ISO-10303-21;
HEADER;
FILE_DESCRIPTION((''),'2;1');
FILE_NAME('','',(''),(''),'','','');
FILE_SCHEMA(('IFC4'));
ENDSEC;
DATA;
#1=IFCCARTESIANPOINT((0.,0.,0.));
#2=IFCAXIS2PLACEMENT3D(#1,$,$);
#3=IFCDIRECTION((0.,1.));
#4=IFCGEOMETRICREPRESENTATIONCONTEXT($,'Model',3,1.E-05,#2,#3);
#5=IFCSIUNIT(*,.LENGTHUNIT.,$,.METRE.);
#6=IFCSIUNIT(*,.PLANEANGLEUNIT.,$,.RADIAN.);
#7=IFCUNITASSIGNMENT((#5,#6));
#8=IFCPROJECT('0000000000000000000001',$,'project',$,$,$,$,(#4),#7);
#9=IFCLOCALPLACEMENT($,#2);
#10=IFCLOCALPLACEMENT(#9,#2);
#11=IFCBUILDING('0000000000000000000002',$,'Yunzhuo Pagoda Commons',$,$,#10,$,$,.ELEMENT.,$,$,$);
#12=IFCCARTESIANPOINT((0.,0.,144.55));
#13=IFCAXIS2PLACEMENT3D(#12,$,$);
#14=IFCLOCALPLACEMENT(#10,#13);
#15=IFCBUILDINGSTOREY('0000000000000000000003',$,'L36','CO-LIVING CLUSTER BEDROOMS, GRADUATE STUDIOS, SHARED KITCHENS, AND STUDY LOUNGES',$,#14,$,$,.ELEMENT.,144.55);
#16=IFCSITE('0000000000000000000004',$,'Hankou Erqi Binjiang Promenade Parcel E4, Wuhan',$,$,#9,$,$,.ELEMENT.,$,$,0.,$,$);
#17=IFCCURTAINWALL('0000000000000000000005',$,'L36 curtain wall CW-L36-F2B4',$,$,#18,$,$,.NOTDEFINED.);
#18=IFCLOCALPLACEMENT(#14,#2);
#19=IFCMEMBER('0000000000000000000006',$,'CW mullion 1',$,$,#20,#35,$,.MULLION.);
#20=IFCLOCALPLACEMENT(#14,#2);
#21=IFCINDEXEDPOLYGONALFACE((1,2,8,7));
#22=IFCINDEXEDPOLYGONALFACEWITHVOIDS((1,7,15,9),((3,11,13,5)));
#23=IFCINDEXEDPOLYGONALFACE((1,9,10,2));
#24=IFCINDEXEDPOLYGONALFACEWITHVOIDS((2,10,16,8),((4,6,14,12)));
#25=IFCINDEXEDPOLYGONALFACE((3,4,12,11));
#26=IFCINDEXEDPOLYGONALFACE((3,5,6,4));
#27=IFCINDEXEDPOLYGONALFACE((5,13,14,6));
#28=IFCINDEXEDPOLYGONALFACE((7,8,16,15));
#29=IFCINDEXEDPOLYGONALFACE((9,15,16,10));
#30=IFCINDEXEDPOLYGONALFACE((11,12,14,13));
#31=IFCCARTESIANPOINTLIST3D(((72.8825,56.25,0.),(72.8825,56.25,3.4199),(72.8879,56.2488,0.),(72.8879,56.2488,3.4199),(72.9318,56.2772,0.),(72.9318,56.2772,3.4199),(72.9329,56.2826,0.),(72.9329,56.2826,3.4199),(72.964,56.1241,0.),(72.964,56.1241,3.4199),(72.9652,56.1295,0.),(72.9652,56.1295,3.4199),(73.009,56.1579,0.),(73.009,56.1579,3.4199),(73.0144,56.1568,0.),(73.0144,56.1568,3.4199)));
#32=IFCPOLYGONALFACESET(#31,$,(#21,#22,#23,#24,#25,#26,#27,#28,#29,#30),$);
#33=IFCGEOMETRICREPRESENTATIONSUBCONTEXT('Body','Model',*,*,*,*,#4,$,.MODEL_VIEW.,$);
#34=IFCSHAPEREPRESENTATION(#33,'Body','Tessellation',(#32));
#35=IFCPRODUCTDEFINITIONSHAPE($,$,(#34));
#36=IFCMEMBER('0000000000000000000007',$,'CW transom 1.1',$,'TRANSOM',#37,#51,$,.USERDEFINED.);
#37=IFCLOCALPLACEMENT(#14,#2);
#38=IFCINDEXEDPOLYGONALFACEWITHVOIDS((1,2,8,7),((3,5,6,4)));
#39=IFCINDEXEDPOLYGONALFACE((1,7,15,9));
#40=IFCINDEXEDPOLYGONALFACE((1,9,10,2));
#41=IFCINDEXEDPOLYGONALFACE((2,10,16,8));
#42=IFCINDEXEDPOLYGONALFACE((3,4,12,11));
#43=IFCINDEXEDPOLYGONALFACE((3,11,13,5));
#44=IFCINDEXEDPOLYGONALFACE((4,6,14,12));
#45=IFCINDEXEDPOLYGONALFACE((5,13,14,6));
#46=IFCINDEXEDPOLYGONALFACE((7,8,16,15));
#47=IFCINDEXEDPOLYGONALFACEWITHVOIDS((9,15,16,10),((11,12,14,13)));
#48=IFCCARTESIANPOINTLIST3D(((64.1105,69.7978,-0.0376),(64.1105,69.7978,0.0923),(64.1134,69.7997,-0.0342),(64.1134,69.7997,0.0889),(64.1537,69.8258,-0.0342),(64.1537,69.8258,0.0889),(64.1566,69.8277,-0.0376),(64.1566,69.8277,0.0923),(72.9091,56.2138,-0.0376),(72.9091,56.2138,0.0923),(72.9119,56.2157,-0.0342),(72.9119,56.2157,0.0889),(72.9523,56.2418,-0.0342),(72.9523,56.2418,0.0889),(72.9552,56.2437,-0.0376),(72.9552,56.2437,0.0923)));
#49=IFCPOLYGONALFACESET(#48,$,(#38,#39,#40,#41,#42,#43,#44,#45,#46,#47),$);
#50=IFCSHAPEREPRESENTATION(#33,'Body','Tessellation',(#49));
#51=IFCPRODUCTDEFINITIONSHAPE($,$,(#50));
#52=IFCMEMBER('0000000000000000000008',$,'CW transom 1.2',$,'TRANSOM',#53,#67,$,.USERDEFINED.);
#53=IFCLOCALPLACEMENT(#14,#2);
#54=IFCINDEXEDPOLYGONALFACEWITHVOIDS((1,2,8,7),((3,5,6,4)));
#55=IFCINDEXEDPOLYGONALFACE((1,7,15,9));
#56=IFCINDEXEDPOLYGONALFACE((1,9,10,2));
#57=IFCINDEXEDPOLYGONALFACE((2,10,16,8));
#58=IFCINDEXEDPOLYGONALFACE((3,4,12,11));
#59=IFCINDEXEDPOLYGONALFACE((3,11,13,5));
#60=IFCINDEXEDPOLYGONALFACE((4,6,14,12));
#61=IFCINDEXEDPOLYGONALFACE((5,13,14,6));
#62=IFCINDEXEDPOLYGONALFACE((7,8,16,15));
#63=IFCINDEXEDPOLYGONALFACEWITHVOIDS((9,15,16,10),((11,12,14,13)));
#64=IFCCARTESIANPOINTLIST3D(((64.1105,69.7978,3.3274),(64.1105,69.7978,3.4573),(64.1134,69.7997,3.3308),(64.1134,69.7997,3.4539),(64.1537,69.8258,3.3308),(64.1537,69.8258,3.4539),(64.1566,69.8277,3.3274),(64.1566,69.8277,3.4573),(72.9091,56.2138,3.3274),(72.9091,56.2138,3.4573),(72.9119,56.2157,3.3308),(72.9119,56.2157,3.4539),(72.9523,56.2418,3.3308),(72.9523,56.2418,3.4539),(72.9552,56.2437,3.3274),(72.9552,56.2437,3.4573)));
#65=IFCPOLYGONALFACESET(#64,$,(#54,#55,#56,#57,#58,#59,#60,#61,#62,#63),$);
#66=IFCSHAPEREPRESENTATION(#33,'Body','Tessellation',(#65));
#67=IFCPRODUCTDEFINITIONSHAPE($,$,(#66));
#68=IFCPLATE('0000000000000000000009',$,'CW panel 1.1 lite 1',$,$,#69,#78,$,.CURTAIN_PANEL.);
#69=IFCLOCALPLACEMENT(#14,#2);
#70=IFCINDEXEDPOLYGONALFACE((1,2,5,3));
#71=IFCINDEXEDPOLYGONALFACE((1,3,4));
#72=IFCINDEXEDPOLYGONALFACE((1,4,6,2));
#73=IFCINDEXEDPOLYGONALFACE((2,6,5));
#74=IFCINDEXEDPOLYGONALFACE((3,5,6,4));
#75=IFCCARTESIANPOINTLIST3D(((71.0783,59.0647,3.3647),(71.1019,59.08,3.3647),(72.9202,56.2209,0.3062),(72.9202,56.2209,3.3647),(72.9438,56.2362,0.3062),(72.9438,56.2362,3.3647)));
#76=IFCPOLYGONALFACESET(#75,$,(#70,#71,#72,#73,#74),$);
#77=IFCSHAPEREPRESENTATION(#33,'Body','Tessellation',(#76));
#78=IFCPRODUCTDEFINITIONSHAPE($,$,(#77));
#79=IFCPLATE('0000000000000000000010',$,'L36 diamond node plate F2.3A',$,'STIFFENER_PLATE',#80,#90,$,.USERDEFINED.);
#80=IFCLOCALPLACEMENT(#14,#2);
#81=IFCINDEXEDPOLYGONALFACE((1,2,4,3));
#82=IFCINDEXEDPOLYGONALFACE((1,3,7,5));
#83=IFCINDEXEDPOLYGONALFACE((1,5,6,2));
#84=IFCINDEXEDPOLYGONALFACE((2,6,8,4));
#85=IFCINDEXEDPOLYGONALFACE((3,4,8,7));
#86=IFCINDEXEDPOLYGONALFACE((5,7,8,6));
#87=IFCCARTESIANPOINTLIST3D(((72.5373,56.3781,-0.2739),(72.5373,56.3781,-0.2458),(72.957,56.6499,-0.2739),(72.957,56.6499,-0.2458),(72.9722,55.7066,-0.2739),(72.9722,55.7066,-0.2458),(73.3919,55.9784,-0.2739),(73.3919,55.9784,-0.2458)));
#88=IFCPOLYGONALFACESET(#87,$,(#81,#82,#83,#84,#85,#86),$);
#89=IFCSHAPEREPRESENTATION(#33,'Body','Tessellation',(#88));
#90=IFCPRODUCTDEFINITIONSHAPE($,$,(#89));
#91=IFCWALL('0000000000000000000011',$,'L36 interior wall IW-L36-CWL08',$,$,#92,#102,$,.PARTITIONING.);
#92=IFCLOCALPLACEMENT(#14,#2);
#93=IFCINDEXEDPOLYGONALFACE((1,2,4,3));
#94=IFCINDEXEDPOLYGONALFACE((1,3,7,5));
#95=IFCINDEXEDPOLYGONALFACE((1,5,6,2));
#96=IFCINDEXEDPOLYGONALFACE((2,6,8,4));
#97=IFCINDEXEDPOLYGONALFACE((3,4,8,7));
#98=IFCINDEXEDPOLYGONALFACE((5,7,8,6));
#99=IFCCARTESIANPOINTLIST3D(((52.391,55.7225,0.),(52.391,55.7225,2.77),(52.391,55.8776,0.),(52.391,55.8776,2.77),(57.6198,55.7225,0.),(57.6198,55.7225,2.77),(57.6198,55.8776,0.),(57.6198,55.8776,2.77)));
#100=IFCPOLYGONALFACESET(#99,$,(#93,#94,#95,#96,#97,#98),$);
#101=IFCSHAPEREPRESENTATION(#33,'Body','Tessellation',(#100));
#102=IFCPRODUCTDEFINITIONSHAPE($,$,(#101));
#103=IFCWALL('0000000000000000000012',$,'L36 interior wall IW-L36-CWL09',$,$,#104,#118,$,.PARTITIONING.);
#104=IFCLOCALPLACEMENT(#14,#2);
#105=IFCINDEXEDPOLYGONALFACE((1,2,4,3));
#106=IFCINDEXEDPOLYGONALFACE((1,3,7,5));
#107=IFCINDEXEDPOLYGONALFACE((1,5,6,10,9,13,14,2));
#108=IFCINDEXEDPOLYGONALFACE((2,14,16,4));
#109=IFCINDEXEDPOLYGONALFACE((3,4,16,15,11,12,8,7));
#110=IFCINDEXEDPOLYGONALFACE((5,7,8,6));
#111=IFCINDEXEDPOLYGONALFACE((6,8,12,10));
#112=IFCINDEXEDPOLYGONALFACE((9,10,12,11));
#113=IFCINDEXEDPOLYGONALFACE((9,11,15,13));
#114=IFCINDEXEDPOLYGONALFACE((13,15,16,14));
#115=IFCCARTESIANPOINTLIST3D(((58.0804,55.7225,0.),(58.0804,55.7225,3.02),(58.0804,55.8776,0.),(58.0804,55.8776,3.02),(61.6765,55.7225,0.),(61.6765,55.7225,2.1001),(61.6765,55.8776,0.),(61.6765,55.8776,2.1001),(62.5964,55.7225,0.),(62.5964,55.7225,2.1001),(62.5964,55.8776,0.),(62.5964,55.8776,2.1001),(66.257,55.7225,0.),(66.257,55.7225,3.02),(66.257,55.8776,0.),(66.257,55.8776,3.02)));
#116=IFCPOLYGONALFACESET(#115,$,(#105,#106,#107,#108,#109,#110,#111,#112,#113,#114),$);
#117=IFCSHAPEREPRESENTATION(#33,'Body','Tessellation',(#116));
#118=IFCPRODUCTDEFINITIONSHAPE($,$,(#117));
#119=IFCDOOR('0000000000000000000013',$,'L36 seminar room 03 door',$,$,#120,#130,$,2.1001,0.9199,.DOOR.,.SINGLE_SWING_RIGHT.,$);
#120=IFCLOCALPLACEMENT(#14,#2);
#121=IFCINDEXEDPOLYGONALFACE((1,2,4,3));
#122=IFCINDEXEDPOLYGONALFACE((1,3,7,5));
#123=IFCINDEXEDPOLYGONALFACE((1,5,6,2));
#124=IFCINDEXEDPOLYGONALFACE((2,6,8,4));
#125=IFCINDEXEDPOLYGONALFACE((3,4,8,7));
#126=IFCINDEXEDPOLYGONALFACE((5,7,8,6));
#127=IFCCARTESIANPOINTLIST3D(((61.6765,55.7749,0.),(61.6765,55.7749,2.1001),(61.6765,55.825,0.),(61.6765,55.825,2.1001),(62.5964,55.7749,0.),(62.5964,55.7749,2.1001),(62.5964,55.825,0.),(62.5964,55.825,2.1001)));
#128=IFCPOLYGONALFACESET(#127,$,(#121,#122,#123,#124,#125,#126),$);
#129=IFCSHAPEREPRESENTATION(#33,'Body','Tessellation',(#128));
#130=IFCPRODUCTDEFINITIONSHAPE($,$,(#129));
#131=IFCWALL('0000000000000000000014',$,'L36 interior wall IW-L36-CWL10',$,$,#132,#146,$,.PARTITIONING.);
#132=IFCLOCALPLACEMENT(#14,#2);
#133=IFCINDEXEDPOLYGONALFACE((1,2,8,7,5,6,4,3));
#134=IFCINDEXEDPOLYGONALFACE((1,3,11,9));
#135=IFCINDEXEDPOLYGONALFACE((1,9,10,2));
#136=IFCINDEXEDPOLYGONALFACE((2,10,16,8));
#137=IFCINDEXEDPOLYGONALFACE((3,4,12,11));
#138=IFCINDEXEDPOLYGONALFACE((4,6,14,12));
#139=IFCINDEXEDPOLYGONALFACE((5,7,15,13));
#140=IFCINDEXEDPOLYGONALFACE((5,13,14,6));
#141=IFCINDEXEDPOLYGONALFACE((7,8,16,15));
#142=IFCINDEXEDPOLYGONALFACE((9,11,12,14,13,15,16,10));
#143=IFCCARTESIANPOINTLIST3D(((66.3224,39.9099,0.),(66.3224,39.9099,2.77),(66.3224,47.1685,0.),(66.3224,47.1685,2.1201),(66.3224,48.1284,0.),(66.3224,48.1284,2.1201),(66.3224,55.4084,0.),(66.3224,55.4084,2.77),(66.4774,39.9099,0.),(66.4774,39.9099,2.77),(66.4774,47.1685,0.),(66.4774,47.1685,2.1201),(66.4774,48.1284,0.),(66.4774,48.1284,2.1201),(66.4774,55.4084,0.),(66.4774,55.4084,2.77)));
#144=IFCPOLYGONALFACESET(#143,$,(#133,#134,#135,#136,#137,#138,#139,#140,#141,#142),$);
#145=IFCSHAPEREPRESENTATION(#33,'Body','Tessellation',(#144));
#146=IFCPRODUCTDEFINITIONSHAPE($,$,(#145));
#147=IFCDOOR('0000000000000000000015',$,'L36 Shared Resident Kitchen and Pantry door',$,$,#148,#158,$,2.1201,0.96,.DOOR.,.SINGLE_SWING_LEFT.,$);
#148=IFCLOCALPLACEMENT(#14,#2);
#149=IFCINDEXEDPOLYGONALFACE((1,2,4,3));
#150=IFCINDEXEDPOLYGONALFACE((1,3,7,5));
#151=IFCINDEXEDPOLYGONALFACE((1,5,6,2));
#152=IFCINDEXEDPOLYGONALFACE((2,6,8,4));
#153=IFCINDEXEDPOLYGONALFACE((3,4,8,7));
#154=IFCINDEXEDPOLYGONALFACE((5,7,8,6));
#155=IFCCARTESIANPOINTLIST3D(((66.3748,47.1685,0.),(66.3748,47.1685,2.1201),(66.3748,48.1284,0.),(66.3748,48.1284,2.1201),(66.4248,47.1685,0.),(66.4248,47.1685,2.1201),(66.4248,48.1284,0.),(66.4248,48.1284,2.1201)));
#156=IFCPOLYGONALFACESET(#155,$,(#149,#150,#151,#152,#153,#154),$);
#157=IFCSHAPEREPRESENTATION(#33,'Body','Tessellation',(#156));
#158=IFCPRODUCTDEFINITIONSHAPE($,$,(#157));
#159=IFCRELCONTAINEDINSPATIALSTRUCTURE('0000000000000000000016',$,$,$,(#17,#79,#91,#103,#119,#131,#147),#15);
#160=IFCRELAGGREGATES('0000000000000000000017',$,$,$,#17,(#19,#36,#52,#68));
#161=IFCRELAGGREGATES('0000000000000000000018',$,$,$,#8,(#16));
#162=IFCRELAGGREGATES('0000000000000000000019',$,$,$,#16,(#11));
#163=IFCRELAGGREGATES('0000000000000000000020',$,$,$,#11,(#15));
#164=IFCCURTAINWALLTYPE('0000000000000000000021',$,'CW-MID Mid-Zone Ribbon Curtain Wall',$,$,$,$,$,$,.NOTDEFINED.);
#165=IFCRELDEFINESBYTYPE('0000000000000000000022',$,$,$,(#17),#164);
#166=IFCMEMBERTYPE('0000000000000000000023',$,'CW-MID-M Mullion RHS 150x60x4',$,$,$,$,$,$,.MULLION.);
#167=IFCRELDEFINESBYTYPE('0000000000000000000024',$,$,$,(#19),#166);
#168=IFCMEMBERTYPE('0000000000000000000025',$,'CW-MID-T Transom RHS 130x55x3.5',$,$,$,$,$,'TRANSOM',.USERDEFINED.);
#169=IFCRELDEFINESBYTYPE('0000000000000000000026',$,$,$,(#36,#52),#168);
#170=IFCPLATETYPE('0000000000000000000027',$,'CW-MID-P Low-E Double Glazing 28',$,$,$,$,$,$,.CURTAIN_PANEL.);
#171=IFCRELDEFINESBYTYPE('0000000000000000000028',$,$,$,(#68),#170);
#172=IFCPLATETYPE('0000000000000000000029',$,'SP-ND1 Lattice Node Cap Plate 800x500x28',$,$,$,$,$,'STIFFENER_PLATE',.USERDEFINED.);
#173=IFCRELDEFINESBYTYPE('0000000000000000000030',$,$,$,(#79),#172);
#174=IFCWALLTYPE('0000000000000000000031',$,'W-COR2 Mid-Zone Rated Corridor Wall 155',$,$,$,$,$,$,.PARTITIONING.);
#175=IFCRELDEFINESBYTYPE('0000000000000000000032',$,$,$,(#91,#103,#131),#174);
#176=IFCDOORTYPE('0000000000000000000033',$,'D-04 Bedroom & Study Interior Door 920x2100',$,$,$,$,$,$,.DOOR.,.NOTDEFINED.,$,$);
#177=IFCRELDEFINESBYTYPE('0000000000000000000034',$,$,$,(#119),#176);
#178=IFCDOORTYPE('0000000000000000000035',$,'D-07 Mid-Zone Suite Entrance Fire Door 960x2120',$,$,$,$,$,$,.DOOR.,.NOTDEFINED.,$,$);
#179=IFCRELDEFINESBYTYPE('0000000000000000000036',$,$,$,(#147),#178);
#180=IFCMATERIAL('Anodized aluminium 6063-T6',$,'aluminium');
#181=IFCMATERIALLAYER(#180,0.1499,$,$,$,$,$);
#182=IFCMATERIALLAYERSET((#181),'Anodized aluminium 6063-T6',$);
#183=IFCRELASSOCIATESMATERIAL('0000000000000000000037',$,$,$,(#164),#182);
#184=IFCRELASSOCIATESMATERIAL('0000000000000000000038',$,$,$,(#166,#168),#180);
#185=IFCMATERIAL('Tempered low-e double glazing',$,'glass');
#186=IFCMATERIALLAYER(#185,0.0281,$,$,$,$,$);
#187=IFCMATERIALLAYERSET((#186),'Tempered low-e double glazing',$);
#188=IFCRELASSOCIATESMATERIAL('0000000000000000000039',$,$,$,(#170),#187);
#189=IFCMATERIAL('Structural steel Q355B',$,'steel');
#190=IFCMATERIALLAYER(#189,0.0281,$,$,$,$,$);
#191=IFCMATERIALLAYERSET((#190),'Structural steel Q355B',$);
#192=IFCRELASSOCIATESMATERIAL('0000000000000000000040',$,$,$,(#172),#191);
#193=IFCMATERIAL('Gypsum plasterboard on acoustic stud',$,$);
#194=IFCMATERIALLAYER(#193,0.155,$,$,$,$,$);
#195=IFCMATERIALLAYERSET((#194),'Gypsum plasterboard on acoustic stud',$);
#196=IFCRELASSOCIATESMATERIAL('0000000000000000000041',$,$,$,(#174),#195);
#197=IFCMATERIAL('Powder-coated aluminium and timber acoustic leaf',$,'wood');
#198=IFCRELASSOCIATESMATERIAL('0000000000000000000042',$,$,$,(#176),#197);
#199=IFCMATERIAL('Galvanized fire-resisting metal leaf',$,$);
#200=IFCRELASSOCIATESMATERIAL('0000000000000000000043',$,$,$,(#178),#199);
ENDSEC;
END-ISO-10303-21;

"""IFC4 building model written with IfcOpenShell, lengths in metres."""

from ifc_helpers import new_model, si_unit, direction, frame, frame_2d, origin, origin_with_axes, origin_2d, place, context, subcontext, project, spatial, polyline, rectangle, hollow_rectangle, outline, extrude, source, transform, mapped, material, layer, layer_set, material_profile, profile_set, type_object, element, fill, aggregate, save


model = new_model("IFC4")

# Units and contexts
model_context = context("Model", 3, precision=1e-05, world=origin(), true_north=direction((0.0, 1.0)))
body_context = subcontext(model_context, "Body", "Model", "MODEL_VIEW")
ifc_project = project(units=[si_unit("LENGTHUNIT", "METRE"), si_unit("PLANEANGLEUNIT", "RADIAN")], contexts=[model_context])

# Site, building, storey
site_placement = place(None, origin())
site = spatial("IfcSite", under=ifc_project, at=site_placement, Name="Hankou Erqi Binjiang Promenade Parcel E4, Wuhan", CompositionType="ELEMENT", RefElevation=0.0)
building_placement = place(site_placement, origin())
building = spatial("IfcBuilding", under=site, at=building_placement, Name="Yunzhuo Pagoda Commons", CompositionType="ELEMENT")
storey_placement = place(building_placement, frame((0.0, 0.0, 144.55)))
storey = spatial("IfcBuildingStorey", under=building, at=storey_placement, Name="L36", Description="CO-LIVING CLUSTER BEDROOMS, GRADUATE STUDIOS, SHARED KITCHENS, AND STUDY LOUNGES", CompositionType="ELEMENT", Elevation=144.55)

# Shared definitions
ifc_material_1 = material(Name="Structural steel Q355B", Category="steel")

# Curtain wall, members, plate
ifc_material_2 = material(Name="Anodized aluminium 6063-T6", Category="aluminium")
ifc_layer_1 = layer(ifc_material_2, 0.1499)
ifc_layer_set_1 = layer_set([ifc_layer_1], Name="Anodized aluminium 6063-T6")
curtain_wall_type = type_object("IfcCurtainWallType", Name="CW-MID Mid-Zone Ribbon Curtain Wall", PredefinedType="NOTDEFINED", material=ifc_layer_set_1)
curtain_wall_placement = place(storey_placement, origin())
curtain_wall = element("IfcCurtainWall", 1, at=curtain_wall_placement, inside=storey, type_object=curtain_wall_type, Name="L36 curtain wall CW-L36-F2B4", PredefinedType="NOTDEFINED")
ifc_material_profile_1 = material_profile(ifc_material_2, hollow_rectangle(XDim=0.0601, YDim=0.1499, WallThickness=0.0039, at=origin_2d()), Name="Anodized aluminium 6063-T6")
ifc_profile_set_1 = profile_set([ifc_material_profile_1], Name="Anodized aluminium 6063-T6")
member_type_1 = type_object("IfcMemberType", Name="CW-MID-M Mullion RHS 150x60x4", PredefinedType="MULLION", material=ifc_profile_set_1)
shared_shape_1 = source(origin(), body_context, "Body", "SweptSolid", [
    extrude(hollow_rectangle(XDim=0.0601, YDim=0.1499, WallThickness=0.0039, at=origin_2d()), origin(), (0.0, 0.0, 1.0), 3.4199),
])
member_1_placement = place(storey_placement, frame((72.9485, 56.2034, 0.0), z_axis=(0.0, 0.0, 1.0), x_axis=(-0.83932, -0.543637, 0.0)))
member_1 = element("IfcMember", 2, at=member_1_placement, type_object=member_type_1, Name="CW mullion 1", PredefinedType="MULLION", context=body_context, shape_type="MappedRepresentation", body=[
    mapped(shared_shape_1, transform((0.0, 0.0, 0.0), scale=1.0)),
])
ifc_material_profile_2 = material_profile(ifc_material_2, hollow_rectangle(XDim=0.0549, YDim=0.1299, WallThickness=0.0034, at=origin_2d()), Name="Anodized aluminium 6063-T6")
ifc_profile_set_2 = profile_set([ifc_material_profile_2], Name="Anodized aluminium 6063-T6")
member_type_2 = type_object("IfcMemberType", Name="CW-MID-T Transom RHS 130x55x3.5", ElementType="TRANSOM", PredefinedType="USERDEFINED", material=ifc_profile_set_2)
shared_shape_2 = source(origin(), body_context, "Body", "SweptSolid", [
    extrude(hollow_rectangle(XDim=0.0549, YDim=0.1299, WallThickness=0.0034, at=origin_2d()), origin(), (0.0, 0.0, 1.0), 16.1846),
])
member_2_placement = place(storey_placement, frame((72.9321, 56.2288, 0.0273), z_axis=(-0.543641, 0.839318, 0.0), x_axis=(-0.839318, -0.543641, 0.0)))
member_2 = element("IfcMember", 3, at=member_2_placement, type_object=member_type_2, Name="CW transom 1.1", ObjectType="TRANSOM", PredefinedType="USERDEFINED", context=body_context, shape_type="MappedRepresentation", body=[
    mapped(shared_shape_2, transform((0.0, 0.0, 0.0), scale=1.0)),
])
member_3_placement = place(storey_placement, frame((72.9321, 56.2288, 3.3923), z_axis=(-0.543641, 0.839318, 0.0), x_axis=(-0.839318, -0.543641, 0.0)))
member_3 = element("IfcMember", 4, at=member_3_placement, type_object=member_type_2, Name="CW transom 1.2", ObjectType="TRANSOM", PredefinedType="USERDEFINED", context=body_context, shape_type="MappedRepresentation", body=[
    mapped(shared_shape_2, transform((0.0, 0.0, 0.0), scale=1.0)),
])
ifc_material_3 = material(Name="Tempered low-e double glazing", Category="glass")
ifc_layer_2 = layer(ifc_material_3, 0.0281)
ifc_layer_set_2 = layer_set([ifc_layer_2], Name="Tempered low-e double glazing")
plate_type_1 = type_object("IfcPlateType", Name="CW-MID-P Low-E Double Glazing 28", PredefinedType="CURTAIN_PANEL", material=ifc_layer_set_2)
plate_1_placement = place(storey_placement, frame((71.9993, 57.6428, 1.8354), z_axis=(0.83932, 0.543637, 0.0), x_axis=(-0.543637, 0.83932, 0.0)))
plate_1 = element("IfcPlate", 5, at=plate_1_placement, type_object=plate_type_1, Name="CW panel 1.1 lite 1", PredefinedType="CURTAIN_PANEL", context=body_context, shape_type="SweptSolid", body=[
    extrude(outline(polyline([(-1.6941, -1.5293), (1.6941, 1.5293), (-1.6941, 1.5293), (-1.6941, -1.5293)])), origin(), (0.0, 0.0, 1.0), 0.0281),
])
aggregate(curtain_wall, [member_1, member_2, member_3, plate_1])

# Plate
ifc_layer_3 = layer(ifc_material_1, 0.0281)
ifc_layer_set_3 = layer_set([ifc_layer_3], Name="Structural steel Q355B")
plate_type_2 = type_object("IfcPlateType", Name="SP-ND1 Lattice Node Cap Plate 800x500x28", ElementType="STIFFENER_PLATE", PredefinedType="USERDEFINED", material=ifc_layer_set_3)
shared_shape_3 = source(origin(), body_context, "Body", "SweptSolid", [
    extrude(rectangle(XDim=0.8, YDim=0.5, at=origin_2d()), origin(), (0.0, 0.0, 1.0), 0.0281),
])
plate_2_placement = place(storey_placement, frame((72.9646, 56.1782, -0.2739), z_axis=(0.0, 0.0, 1.0), x_axis=(-0.543643, 0.839316, 0.0)))
element("IfcPlate", 6, at=plate_2_placement, inside=storey, type_object=plate_type_2, Name="L36 diamond node plate F2.3A", ObjectType="STIFFENER_PLATE", PredefinedType="USERDEFINED", context=body_context, shape_type="MappedRepresentation", body=[
    mapped(shared_shape_3, transform((0.0, 0.0, 0.0), scale=1.0)),
])

# Wall
ifc_material_4 = material(Name="Gypsum plasterboard on acoustic stud")
ifc_layer_4 = layer(ifc_material_4, 0.155)
ifc_layer_set_4 = layer_set([ifc_layer_4], Name="Gypsum plasterboard on acoustic stud")
wall_type_1 = type_object("IfcWallType", Name="W-COR2 Mid-Zone Rated Corridor Wall 155", PredefinedType="PARTITIONING", material=ifc_layer_set_4)
wall_1_placement = place(storey_placement, frame((52.3911, 55.8, 0.0), z_axis=(0.0, 0.0, 1.0), x_axis=(1.0, 0.0, 0.0)))
element("IfcWall", 7, at=wall_1_placement, inside=storey, type_object=wall_type_1, Name="L36 interior wall IW-L36-CWL08", PredefinedType="PARTITIONING", context=body_context, shape_type="SweptSolid", body=[
    extrude(rectangle(XDim=5.2288, YDim=0.155, at=frame_2d((2.6143, 0.0))), origin(), (0.0, 0.0, 1.0), 2.77),
])

# Walls, openings, doors
wall_2_placement = place(storey_placement, frame((58.0803, 55.8, 0.0), z_axis=(0.0, 0.0, 1.0), x_axis=(1.0, 0.0, 0.0)))
wall_2 = element("IfcWall", 8, at=wall_2_placement, inside=storey, type_object=wall_type_1, Name="L36 interior wall IW-L36-CWL09", PredefinedType="PARTITIONING", context=body_context, shape_type="SweptSolid", body=[
    extrude(rectangle(XDim=8.1765, YDim=0.155, at=frame_2d((4.0884, 0.0))), origin(), (0.0, 0.0, 1.0), 3.02),
])
opening_1_placement = place(wall_2_placement, frame((3.5962, 0.0, 0.0)))
opening_1 = element("IfcOpeningElement", 9, at=opening_1_placement, cuts=wall_2, PredefinedType="OPENING", context=body_context, shape_type="SweptSolid", body=[
    extrude(rectangle(XDim=0.9199, YDim=2.1001, at=frame_2d((0.46, 1.05))), frame((0.0, 0.0874, 0.0), z_axis=(0.0, -1.0, 0.0), x_axis=(1.0, 0.0, 0.0)), (0.0, 0.0, 1.0), 0.175),
])
ifc_material_5 = material(Name="Powder-coated aluminium and timber acoustic leaf", Category="wood")
door_type_1 = type_object("IfcDoorType", Name="D-04 Bedroom & Study Interior Door 920x2100", OperationType="NOTDEFINED", PredefinedType="DOOR", material=ifc_material_5)
shared_shape_4 = source(origin(), body_context, "Body", "SweptSolid", [
    extrude(rectangle(XDim=0.9199, YDim=2.1001, at=frame_2d((0.46, 1.05))), frame((0.0, 0.0249, 0.0), z_axis=(0.0, -1.0, 0.0), x_axis=(1.0, 0.0, 0.0)), (0.0, 0.0, 1.0), 0.05),
])
door_1_placement = place(opening_1_placement, origin_with_axes())
door_1 = element("IfcDoor", 10, at=door_1_placement, inside=storey, type_object=door_type_1, Name="L36 seminar room 03 door", OperationType="SINGLE_SWING_RIGHT", OverallHeight=2.1001, OverallWidth=0.9199, PredefinedType="DOOR", context=body_context, shape_type="MappedRepresentation", body=[
    mapped(shared_shape_4, transform((0.0, 0.0, 0.0), scale=1.0)),
])
fill(opening_1, door_1)
wall_3_placement = place(storey_placement, frame((66.3999, 55.4084, 0.0), z_axis=(0.0, 0.0, 1.0), x_axis=(0.0, -1.0, 0.0)))
wall_3 = element("IfcWall", 11, at=wall_3_placement, inside=storey, type_object=wall_type_1, Name="L36 interior wall IW-L36-CWL10", PredefinedType="PARTITIONING", context=body_context, shape_type="SweptSolid", body=[
    extrude(rectangle(XDim=15.4985, YDim=0.155, at=frame_2d((7.7493, 0.0))), origin(), (0.0, 0.0, 1.0), 2.77),
])
opening_2_placement = place(wall_3_placement, frame((7.28, 0.0, 0.0)))
opening_2 = element("IfcOpeningElement", 12, at=opening_2_placement, cuts=wall_3, PredefinedType="OPENING", context=body_context, shape_type="SweptSolid", body=[
    extrude(rectangle(XDim=0.96, YDim=2.1201, at=frame_2d((0.48, 1.0601))), frame((0.0, 0.0874, 0.0), z_axis=(0.0, -1.0, 0.0), x_axis=(1.0, 0.0, 0.0)), (0.0, 0.0, 1.0), 0.175),
])
ifc_material_6 = material(Name="Galvanized fire-resisting metal leaf")
door_type_2 = type_object("IfcDoorType", Name="D-07 Mid-Zone Suite Entrance Fire Door 960x2120", OperationType="NOTDEFINED", PredefinedType="DOOR", material=ifc_material_6)
shared_shape_5 = source(origin(), body_context, "Body", "SweptSolid", [
    extrude(rectangle(XDim=0.96, YDim=2.1201, at=frame_2d((0.48, 1.0601))), frame((0.0, 0.0249, 0.0), z_axis=(0.0, -1.0, 0.0), x_axis=(1.0, 0.0, 0.0)), (0.0, 0.0, 1.0), 0.05),
])
door_2_placement = place(opening_2_placement, origin_with_axes())
door_2 = element("IfcDoor", 13, at=door_2_placement, inside=storey, type_object=door_type_2, Name="L36 Shared Resident Kitchen and Pantry door", OperationType="SINGLE_SWING_LEFT", OverallHeight=2.1201, OverallWidth=0.96, PredefinedType="DOOR", context=body_context, shape_type="MappedRepresentation", body=[
    mapped(shared_shape_5, transform((0.0, 0.0, 0.0), scale=1.0)),
])
fill(opening_2, door_2)

save(model, "model.ifc")
